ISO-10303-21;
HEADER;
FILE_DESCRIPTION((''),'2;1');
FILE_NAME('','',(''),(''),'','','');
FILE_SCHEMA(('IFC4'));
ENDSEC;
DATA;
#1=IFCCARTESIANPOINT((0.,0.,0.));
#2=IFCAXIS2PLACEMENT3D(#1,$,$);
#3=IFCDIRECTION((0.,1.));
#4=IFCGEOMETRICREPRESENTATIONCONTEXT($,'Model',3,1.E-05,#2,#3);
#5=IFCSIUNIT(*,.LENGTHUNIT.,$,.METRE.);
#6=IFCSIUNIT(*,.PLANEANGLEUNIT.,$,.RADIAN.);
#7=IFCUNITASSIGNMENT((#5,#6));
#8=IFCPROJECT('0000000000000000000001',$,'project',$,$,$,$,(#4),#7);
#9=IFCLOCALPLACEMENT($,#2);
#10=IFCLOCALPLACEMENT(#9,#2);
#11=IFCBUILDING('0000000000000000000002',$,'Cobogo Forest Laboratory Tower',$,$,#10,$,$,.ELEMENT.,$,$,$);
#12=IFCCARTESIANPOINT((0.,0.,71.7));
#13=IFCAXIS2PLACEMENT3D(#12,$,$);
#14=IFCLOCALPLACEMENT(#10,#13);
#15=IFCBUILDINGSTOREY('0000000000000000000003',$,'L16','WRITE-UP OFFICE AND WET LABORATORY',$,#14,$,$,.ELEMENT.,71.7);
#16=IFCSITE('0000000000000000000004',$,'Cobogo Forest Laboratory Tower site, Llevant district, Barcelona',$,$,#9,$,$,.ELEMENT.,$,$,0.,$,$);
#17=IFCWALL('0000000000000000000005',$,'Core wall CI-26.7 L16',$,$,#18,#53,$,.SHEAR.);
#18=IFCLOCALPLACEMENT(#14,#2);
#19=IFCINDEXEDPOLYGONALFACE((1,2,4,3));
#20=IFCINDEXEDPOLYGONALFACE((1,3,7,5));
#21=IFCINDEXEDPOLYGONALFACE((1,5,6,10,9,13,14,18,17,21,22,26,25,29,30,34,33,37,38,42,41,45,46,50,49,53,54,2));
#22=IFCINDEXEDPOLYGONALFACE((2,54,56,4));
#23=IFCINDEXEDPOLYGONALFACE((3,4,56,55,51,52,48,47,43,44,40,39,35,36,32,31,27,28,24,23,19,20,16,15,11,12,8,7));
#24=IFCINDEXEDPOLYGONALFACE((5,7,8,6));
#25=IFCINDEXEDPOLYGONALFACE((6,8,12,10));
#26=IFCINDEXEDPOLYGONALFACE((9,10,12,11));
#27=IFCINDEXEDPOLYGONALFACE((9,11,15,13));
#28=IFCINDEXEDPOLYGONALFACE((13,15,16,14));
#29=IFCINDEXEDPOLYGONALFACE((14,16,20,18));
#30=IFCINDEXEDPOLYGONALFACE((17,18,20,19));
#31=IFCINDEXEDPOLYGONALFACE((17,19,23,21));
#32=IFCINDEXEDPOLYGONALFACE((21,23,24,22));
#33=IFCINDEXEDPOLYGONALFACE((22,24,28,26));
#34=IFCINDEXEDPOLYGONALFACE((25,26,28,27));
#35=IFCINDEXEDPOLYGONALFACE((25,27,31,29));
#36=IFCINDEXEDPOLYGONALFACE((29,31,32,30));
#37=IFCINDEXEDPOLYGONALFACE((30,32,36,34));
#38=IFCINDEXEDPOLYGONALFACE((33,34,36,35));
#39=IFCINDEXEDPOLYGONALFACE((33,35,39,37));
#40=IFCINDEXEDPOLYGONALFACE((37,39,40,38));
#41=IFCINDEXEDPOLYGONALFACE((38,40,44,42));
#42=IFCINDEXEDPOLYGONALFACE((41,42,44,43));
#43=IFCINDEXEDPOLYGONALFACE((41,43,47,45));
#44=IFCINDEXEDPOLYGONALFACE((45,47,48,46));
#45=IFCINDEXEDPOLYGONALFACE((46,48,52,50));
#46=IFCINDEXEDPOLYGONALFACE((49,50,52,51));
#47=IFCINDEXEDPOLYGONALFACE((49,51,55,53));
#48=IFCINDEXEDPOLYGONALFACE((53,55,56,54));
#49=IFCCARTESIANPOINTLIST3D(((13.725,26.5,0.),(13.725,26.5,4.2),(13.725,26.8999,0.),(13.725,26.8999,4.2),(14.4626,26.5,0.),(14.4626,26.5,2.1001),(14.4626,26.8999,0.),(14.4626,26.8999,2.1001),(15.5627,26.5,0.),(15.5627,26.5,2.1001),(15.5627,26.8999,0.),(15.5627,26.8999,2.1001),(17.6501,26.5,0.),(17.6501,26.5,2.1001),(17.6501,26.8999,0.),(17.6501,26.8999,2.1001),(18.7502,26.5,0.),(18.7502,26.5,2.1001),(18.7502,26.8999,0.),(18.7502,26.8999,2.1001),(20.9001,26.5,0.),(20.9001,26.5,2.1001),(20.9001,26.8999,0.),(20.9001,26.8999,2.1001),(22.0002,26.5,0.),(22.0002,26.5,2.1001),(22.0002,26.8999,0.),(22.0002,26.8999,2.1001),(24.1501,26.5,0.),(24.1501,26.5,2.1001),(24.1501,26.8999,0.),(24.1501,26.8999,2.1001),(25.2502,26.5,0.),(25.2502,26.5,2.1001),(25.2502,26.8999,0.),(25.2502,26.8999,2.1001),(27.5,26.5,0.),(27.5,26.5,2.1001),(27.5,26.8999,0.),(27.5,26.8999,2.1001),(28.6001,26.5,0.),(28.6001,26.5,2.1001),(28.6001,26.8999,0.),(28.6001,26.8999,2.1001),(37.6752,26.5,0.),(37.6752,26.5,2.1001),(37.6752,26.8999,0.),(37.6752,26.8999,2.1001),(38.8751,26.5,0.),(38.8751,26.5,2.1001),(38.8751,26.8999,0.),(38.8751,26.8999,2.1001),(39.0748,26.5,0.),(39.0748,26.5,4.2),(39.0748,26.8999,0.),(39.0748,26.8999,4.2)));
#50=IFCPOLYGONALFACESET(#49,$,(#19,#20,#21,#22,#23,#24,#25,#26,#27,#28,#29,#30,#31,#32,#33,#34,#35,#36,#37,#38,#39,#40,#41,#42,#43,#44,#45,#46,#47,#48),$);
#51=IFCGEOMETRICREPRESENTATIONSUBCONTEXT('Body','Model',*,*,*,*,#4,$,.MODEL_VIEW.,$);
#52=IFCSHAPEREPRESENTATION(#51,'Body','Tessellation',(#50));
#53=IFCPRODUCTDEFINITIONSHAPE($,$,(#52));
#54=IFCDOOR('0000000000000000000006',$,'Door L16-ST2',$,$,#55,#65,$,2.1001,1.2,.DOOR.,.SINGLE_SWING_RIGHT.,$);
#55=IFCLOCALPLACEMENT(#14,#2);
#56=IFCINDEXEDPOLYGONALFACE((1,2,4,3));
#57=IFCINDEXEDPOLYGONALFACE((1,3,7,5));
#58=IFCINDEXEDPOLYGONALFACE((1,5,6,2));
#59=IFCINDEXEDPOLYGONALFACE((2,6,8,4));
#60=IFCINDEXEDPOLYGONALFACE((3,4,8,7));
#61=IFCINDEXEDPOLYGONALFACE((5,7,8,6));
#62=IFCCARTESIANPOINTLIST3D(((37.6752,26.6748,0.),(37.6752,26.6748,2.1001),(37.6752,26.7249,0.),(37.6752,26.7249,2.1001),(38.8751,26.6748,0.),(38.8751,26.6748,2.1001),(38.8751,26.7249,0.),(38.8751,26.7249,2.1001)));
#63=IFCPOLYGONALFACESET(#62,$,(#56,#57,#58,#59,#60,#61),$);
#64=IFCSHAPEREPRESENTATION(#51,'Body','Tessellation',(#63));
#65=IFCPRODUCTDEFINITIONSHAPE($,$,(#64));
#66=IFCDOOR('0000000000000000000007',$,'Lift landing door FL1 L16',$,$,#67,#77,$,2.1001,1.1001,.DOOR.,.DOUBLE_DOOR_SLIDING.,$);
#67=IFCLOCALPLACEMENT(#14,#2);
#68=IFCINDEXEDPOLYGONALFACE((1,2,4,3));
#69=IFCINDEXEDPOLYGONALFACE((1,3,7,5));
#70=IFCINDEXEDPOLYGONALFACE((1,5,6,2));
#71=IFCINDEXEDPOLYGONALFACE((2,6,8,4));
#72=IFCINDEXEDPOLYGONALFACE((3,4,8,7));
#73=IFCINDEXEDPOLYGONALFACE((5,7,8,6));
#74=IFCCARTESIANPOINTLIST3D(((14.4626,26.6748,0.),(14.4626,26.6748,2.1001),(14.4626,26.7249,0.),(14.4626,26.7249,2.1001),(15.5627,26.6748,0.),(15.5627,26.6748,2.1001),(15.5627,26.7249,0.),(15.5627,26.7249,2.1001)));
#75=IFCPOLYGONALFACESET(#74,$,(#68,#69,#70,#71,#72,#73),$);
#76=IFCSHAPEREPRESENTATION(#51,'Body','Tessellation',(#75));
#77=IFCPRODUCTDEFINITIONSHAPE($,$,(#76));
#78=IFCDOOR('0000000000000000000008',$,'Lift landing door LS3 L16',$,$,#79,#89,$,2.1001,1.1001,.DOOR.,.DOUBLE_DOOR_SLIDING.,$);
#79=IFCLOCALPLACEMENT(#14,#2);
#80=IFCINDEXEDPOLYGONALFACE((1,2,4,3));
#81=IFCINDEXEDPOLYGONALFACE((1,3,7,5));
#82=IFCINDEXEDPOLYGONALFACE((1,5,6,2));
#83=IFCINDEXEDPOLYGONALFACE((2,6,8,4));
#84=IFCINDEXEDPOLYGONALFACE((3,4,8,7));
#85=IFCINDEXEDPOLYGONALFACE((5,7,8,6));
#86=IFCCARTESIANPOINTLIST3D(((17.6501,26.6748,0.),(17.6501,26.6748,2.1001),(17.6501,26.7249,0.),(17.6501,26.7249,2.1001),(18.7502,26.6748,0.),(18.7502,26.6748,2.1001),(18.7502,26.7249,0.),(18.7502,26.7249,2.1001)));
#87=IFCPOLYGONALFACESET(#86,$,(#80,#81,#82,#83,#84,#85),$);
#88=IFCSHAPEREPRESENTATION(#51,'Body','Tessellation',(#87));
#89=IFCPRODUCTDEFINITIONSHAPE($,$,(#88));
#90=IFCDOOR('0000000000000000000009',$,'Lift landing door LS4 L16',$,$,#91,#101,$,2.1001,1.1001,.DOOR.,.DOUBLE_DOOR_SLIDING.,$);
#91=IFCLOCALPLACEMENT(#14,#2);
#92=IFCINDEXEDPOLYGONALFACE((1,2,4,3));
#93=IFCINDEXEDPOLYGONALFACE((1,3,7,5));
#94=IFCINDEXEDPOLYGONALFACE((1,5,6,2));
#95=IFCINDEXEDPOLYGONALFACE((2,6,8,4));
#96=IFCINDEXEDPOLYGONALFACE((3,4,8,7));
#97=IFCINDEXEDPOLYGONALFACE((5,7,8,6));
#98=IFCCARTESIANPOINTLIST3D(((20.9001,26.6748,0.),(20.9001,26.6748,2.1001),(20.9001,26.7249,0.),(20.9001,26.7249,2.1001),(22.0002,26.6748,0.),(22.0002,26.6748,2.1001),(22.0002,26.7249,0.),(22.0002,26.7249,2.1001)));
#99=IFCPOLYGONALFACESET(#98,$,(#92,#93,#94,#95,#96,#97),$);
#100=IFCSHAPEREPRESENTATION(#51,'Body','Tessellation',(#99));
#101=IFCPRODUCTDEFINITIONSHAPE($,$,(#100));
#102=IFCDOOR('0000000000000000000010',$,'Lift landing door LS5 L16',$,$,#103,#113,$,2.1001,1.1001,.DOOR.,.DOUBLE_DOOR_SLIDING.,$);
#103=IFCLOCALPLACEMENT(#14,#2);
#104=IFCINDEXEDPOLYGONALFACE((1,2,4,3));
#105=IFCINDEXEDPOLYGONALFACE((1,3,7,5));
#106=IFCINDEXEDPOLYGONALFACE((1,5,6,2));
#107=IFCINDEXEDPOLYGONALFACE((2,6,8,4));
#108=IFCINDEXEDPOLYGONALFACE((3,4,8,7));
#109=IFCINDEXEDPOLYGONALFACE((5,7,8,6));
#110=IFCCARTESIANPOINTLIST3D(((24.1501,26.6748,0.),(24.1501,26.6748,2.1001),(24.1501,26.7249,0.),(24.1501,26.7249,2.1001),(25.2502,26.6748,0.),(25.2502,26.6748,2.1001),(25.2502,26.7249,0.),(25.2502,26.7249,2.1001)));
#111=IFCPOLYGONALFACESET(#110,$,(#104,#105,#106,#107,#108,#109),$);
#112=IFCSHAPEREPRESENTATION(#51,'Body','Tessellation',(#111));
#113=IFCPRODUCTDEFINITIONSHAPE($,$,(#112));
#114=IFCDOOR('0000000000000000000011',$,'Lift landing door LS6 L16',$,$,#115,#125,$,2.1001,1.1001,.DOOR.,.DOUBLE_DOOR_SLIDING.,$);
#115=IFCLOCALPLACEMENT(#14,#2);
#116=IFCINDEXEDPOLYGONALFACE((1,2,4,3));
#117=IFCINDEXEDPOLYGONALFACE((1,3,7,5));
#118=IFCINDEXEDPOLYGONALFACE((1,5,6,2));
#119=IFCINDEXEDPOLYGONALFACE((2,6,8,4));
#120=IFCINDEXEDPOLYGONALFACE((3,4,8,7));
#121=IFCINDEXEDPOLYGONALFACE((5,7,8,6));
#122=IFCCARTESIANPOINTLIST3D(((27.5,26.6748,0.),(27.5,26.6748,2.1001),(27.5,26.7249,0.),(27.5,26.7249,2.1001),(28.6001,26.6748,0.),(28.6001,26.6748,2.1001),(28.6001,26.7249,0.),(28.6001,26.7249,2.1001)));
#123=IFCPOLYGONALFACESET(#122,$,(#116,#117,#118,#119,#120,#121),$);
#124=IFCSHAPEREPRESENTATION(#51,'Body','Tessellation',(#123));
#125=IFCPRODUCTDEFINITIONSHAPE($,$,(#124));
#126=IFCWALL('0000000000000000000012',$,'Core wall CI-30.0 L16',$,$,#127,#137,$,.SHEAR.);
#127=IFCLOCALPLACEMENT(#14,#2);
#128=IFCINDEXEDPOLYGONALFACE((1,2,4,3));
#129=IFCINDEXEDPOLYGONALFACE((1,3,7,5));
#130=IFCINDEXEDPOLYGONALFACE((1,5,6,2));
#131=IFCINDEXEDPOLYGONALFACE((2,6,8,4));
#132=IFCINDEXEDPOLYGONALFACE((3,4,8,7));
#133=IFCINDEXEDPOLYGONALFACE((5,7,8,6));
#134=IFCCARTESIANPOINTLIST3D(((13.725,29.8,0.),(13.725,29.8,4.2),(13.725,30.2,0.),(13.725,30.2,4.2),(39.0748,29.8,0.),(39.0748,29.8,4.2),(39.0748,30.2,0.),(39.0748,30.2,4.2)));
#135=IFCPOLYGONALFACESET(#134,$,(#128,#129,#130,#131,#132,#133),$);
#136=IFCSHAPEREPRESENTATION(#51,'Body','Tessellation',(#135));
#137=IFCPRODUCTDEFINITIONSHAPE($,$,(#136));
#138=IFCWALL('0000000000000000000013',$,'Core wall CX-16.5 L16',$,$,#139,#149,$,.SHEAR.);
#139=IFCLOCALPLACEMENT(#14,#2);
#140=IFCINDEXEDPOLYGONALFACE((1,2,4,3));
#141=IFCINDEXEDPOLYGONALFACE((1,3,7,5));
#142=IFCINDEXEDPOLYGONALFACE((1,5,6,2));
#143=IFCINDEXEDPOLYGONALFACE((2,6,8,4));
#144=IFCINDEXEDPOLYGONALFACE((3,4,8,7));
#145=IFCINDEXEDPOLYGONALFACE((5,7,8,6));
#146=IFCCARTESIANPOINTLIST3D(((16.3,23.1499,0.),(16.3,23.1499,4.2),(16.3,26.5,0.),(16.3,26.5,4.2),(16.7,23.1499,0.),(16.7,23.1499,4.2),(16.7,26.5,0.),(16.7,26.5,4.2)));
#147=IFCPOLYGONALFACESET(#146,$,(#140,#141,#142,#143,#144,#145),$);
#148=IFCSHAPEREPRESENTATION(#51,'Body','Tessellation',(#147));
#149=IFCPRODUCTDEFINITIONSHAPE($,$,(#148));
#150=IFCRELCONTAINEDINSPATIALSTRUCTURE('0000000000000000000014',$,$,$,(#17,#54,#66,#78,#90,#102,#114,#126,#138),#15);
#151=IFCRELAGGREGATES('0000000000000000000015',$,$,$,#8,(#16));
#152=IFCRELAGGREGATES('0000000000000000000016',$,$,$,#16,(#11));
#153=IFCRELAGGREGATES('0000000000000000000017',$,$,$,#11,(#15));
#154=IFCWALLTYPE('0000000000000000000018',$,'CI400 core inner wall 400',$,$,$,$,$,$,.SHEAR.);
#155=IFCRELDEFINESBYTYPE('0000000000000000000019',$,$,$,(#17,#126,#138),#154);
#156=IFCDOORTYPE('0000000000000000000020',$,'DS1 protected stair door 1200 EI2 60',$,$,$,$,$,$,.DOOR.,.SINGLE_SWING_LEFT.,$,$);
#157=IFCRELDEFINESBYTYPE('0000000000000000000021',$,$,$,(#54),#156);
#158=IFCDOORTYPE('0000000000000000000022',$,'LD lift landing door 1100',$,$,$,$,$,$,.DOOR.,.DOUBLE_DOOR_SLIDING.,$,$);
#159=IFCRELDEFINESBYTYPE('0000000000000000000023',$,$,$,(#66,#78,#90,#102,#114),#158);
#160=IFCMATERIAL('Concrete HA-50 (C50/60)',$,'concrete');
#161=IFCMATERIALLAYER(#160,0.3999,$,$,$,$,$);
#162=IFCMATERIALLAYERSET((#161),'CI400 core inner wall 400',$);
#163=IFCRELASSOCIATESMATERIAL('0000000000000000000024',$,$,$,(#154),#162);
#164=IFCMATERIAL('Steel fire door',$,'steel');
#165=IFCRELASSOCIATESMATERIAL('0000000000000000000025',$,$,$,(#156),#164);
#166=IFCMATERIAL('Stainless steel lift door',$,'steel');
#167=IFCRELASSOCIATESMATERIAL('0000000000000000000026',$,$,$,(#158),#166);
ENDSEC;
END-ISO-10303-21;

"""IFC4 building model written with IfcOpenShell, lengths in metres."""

from ifc_helpers import new_model, si_unit, direction, frame, frame_2d, origin, place, context, subcontext, project, spatial, rectangle, extrude, material, layer, layer_set, type_object, element, fill, save


model = new_model("IFC4")

# Units and contexts
model_context = context("Model", 3, precision=1e-05, world=origin(), true_north=direction((0.0, 1.0)))
body_context = subcontext(model_context, "Body", "Model", "MODEL_VIEW")
ifc_project = project(units=[si_unit("LENGTHUNIT", "METRE"), si_unit("PLANEANGLEUNIT", "RADIAN")], contexts=[model_context])

# Site, building, storey
site_placement = place(None, origin())
site = spatial("IfcSite", under=ifc_project, at=site_placement, Name="Cobogo Forest Laboratory Tower site, Llevant district, Barcelona", CompositionType="ELEMENT", RefElevation=0.0)
building_placement = place(site_placement, origin())
building = spatial("IfcBuilding", under=site, at=building_placement, Name="Cobogo Forest Laboratory Tower", CompositionType="ELEMENT")
storey_placement = place(building_placement, frame((0.0, 0.0, 71.7)))
storey = spatial("IfcBuildingStorey", under=building, at=storey_placement, Name="L16", Description="WRITE-UP OFFICE AND WET LABORATORY", CompositionType="ELEMENT", Elevation=71.7)

# Shared definitions
ifc_material_1 = material(Name="Concrete HA-50 (C50/60)", Category="concrete")

# Shared definitions
ifc_layer_1 = layer(ifc_material_1, 0.3999)
ifc_layer_set_1 = layer_set([ifc_layer_1], Name="CI400 core inner wall 400")
wall_type_1 = type_object("IfcWallType", Name="CI400 core inner wall 400", PredefinedType="SHEAR", material=ifc_layer_set_1)

# Wall, openings, doors
wall_1_placement = place(storey_placement, frame((13.7251, 26.7, 0.0), z_axis=(0.0, 0.0, 1.0), x_axis=(1.0, 0.0, 0.0)))
wall_1 = element("IfcWall", 1, at=wall_1_placement, inside=storey, type_object=wall_type_1, Name="Core wall CI-26.7 L16", PredefinedType="SHEAR", context=body_context, shape_type="SweptSolid", body=[
    extrude(rectangle(XDim=25.3499, YDim=0.3999, at=frame_2d((12.6748, 0.0))), origin(), (0.0, 0.0, 1.0), 4.2),
])
opening_1_placement = place(wall_1_placement, frame((23.95, 0.0, 0.0)))
opening_1 = element("IfcOpeningElement", 2, at=opening_1_placement, cuts=wall_1, PredefinedType="OPENING", context=body_context, shape_type="SweptSolid", body=[
    extrude(rectangle(XDim=1.2, YDim=2.1001, at=frame_2d((0.6001, 1.05))), frame((0.0, 0.21, 0.0), z_axis=(0.0, -1.0, 0.0), x_axis=(1.0, 0.0, 0.0)), (0.0, 0.0, 1.0), 0.4199),
])
opening_2_placement = place(wall_1_placement, frame((0.7375, 0.0, 0.0)))
opening_2 = element("IfcOpeningElement", 3, at=opening_2_placement, cuts=wall_1, PredefinedType="OPENING", context=body_context, shape_type="SweptSolid", body=[
    extrude(rectangle(XDim=1.1001, YDim=2.1001, at=frame_2d((0.55, 1.05))), frame((0.0, 0.21, 0.0), z_axis=(0.0, -1.0, 0.0), x_axis=(1.0, 0.0, 0.0)), (0.0, 0.0, 1.0), 0.4199),
])
opening_3_placement = place(wall_1_placement, frame((3.925, 0.0, 0.0)))
opening_3 = element("IfcOpeningElement", 4, at=opening_3_placement, cuts=wall_1, PredefinedType="OPENING", context=body_context, shape_type="SweptSolid", body=[
    extrude(rectangle(XDim=1.1001, YDim=2.1001, at=frame_2d((0.55, 1.05))), frame((0.0, 0.21, 0.0), z_axis=(0.0, -1.0, 0.0), x_axis=(1.0, 0.0, 0.0)), (0.0, 0.0, 1.0), 0.4199),
])
opening_4_placement = place(wall_1_placement, frame((7.175, 0.0, 0.0)))
opening_4 = element("IfcOpeningElement", 5, at=opening_4_placement, cuts=wall_1, PredefinedType="OPENING", context=body_context, shape_type="SweptSolid", body=[
    extrude(rectangle(XDim=1.1001, YDim=2.1001, at=frame_2d((0.55, 1.05))), frame((0.0, 0.21, 0.0), z_axis=(0.0, -1.0, 0.0), x_axis=(1.0, 0.0, 0.0)), (0.0, 0.0, 1.0), 0.4199),
])
opening_5_placement = place(wall_1_placement, frame((10.425, 0.0, 0.0)))
opening_5 = element("IfcOpeningElement", 6, at=opening_5_placement, cuts=wall_1, PredefinedType="OPENING", context=body_context, shape_type="SweptSolid", body=[
    extrude(rectangle(XDim=1.1001, YDim=2.1001, at=frame_2d((0.55, 1.05))), frame((0.0, 0.21, 0.0), z_axis=(0.0, -1.0, 0.0), x_axis=(1.0, 0.0, 0.0)), (0.0, 0.0, 1.0), 0.4199),
])
opening_6_placement = place(wall_1_placement, frame((13.7749, 0.0, 0.0)))
opening_6 = element("IfcOpeningElement", 7, at=opening_6_placement, cuts=wall_1, PredefinedType="OPENING", context=body_context, shape_type="SweptSolid", body=[
    extrude(rectangle(XDim=1.1001, YDim=2.1001, at=frame_2d((0.55, 1.05))), frame((0.0, 0.21, 0.0), z_axis=(0.0, -1.0, 0.0), x_axis=(1.0, 0.0, 0.0)), (0.0, 0.0, 1.0), 0.4199),
])
ifc_material_2 = material(Name="Steel fire door", Category="steel")
door_type_1 = type_object("IfcDoorType", Name="DS1 protected stair door 1200 EI2 60", OperationType="SINGLE_SWING_LEFT", PredefinedType="DOOR", material=ifc_material_2)
door_1_placement = place(opening_1_placement, origin())
door_1 = element("IfcDoor", 8, at=door_1_placement, inside=storey, type_object=door_type_1, Name="Door L16-ST2", OperationType="SINGLE_SWING_RIGHT", OverallHeight=2.1001, OverallWidth=1.2, PredefinedType="DOOR", context=body_context, shape_type="SweptSolid", body=[
    extrude(rectangle(XDim=1.2, YDim=2.1001, at=frame_2d((0.6001, 1.05))), frame((0.0, 0.0249, 0.0), z_axis=(0.0, -1.0, 0.0), x_axis=(1.0, 0.0, 0.0)), (0.0, 0.0, 1.0), 0.05),
])
fill(opening_1, door_1)
ifc_material_3 = material(Name="Stainless steel lift door", Category="steel")
door_type_2 = type_object("IfcDoorType", Name="LD lift landing door 1100", OperationType="DOUBLE_DOOR_SLIDING", PredefinedType="DOOR", material=ifc_material_3)
door_2_placement = place(opening_2_placement, origin())
door_2 = element("IfcDoor", 9, at=door_2_placement, inside=storey, type_object=door_type_2, Name="Lift landing door FL1 L16", OperationType="DOUBLE_DOOR_SLIDING", OverallHeight=2.1001, OverallWidth=1.1001, PredefinedType="DOOR", context=body_context, shape_type="SweptSolid", body=[
    extrude(rectangle(XDim=1.1001, YDim=2.1001, at=frame_2d((0.55, 1.05))), frame((0.0, 0.0249, 0.0), z_axis=(0.0, -1.0, 0.0), x_axis=(1.0, 0.0, 0.0)), (0.0, 0.0, 1.0), 0.05),
])
fill(opening_2, door_2)
door_3_placement = place(opening_3_placement, origin())
door_3 = element("IfcDoor", 10, at=door_3_placement, inside=storey, type_object=door_type_2, Name="Lift landing door LS3 L16", OperationType="DOUBLE_DOOR_SLIDING", OverallHeight=2.1001, OverallWidth=1.1001, PredefinedType="DOOR", context=body_context, shape_type="SweptSolid", body=[
    extrude(rectangle(XDim=1.1001, YDim=2.1001, at=frame_2d((0.55, 1.05))), frame((0.0, 0.0249, 0.0), z_axis=(0.0, -1.0, 0.0), x_axis=(1.0, 0.0, 0.0)), (0.0, 0.0, 1.0), 0.05),
])
fill(opening_3, door_3)
door_4_placement = place(opening_4_placement, origin())
door_4 = element("IfcDoor", 11, at=door_4_placement, inside=storey, type_object=door_type_2, Name="Lift landing door LS4 L16", OperationType="DOUBLE_DOOR_SLIDING", OverallHeight=2.1001, OverallWidth=1.1001, PredefinedType="DOOR", context=body_context, shape_type="SweptSolid", body=[
    extrude(rectangle(XDim=1.1001, YDim=2.1001, at=frame_2d((0.55, 1.05))), frame((0.0, 0.0249, 0.0), z_axis=(0.0, -1.0, 0.0), x_axis=(1.0, 0.0, 0.0)), (0.0, 0.0, 1.0), 0.05),
])
fill(opening_4, door_4)
door_5_placement = place(opening_5_placement, origin())
door_5 = element("IfcDoor", 12, at=door_5_placement, inside=storey, type_object=door_type_2, Name="Lift landing door LS5 L16", OperationType="DOUBLE_DOOR_SLIDING", OverallHeight=2.1001, OverallWidth=1.1001, PredefinedType="DOOR", context=body_context, shape_type="SweptSolid", body=[
    extrude(rectangle(XDim=1.1001, YDim=2.1001, at=frame_2d((0.55, 1.05))), frame((0.0, 0.0249, 0.0), z_axis=(0.0, -1.0, 0.0), x_axis=(1.0, 0.0, 0.0)), (0.0, 0.0, 1.0), 0.05),
])
fill(opening_5, door_5)
door_6_placement = place(opening_6_placement, origin())
door_6 = element("IfcDoor", 13, at=door_6_placement, inside=storey, type_object=door_type_2, Name="Lift landing door LS6 L16", OperationType="DOUBLE_DOOR_SLIDING", OverallHeight=2.1001, OverallWidth=1.1001, PredefinedType="DOOR", context=body_context, shape_type="SweptSolid", body=[
    extrude(rectangle(XDim=1.1001, YDim=2.1001, at=frame_2d((0.55, 1.05))), frame((0.0, 0.0249, 0.0), z_axis=(0.0, -1.0, 0.0), x_axis=(1.0, 0.0, 0.0)), (0.0, 0.0, 1.0), 0.05),
])
fill(opening_6, door_6)

# Walls
wall_2_placement = place(storey_placement, frame((13.7251, 30.0, 0.0), z_axis=(0.0, 0.0, 1.0), x_axis=(1.0, 0.0, 0.0)))
element("IfcWall", 14, at=wall_2_placement, inside=storey, type_object=wall_type_1, Name="Core wall CI-30.0 L16", PredefinedType="SHEAR", context=body_context, shape_type="SweptSolid", body=[
    extrude(rectangle(XDim=25.3499, YDim=0.3999, at=frame_2d((12.6748, 0.0))), origin(), (0.0, 0.0, 1.0), 4.2),
])
wall_3_placement = place(storey_placement, frame((16.5, 23.1499, 0.0), z_axis=(0.0, 0.0, 1.0), x_axis=(0.0, 1.0, 0.0)))
element("IfcWall", 15, at=wall_3_placement, inside=storey, type_object=wall_type_1, Name="Core wall CX-16.5 L16", PredefinedType="SHEAR", context=body_context, shape_type="SweptSolid", body=[
    extrude(rectangle(XDim=3.3501, YDim=0.3999, at=frame_2d((1.675, 0.0))), origin(), (0.0, 0.0, 1.0), 4.2),
])

save(model, "model.ifc")
